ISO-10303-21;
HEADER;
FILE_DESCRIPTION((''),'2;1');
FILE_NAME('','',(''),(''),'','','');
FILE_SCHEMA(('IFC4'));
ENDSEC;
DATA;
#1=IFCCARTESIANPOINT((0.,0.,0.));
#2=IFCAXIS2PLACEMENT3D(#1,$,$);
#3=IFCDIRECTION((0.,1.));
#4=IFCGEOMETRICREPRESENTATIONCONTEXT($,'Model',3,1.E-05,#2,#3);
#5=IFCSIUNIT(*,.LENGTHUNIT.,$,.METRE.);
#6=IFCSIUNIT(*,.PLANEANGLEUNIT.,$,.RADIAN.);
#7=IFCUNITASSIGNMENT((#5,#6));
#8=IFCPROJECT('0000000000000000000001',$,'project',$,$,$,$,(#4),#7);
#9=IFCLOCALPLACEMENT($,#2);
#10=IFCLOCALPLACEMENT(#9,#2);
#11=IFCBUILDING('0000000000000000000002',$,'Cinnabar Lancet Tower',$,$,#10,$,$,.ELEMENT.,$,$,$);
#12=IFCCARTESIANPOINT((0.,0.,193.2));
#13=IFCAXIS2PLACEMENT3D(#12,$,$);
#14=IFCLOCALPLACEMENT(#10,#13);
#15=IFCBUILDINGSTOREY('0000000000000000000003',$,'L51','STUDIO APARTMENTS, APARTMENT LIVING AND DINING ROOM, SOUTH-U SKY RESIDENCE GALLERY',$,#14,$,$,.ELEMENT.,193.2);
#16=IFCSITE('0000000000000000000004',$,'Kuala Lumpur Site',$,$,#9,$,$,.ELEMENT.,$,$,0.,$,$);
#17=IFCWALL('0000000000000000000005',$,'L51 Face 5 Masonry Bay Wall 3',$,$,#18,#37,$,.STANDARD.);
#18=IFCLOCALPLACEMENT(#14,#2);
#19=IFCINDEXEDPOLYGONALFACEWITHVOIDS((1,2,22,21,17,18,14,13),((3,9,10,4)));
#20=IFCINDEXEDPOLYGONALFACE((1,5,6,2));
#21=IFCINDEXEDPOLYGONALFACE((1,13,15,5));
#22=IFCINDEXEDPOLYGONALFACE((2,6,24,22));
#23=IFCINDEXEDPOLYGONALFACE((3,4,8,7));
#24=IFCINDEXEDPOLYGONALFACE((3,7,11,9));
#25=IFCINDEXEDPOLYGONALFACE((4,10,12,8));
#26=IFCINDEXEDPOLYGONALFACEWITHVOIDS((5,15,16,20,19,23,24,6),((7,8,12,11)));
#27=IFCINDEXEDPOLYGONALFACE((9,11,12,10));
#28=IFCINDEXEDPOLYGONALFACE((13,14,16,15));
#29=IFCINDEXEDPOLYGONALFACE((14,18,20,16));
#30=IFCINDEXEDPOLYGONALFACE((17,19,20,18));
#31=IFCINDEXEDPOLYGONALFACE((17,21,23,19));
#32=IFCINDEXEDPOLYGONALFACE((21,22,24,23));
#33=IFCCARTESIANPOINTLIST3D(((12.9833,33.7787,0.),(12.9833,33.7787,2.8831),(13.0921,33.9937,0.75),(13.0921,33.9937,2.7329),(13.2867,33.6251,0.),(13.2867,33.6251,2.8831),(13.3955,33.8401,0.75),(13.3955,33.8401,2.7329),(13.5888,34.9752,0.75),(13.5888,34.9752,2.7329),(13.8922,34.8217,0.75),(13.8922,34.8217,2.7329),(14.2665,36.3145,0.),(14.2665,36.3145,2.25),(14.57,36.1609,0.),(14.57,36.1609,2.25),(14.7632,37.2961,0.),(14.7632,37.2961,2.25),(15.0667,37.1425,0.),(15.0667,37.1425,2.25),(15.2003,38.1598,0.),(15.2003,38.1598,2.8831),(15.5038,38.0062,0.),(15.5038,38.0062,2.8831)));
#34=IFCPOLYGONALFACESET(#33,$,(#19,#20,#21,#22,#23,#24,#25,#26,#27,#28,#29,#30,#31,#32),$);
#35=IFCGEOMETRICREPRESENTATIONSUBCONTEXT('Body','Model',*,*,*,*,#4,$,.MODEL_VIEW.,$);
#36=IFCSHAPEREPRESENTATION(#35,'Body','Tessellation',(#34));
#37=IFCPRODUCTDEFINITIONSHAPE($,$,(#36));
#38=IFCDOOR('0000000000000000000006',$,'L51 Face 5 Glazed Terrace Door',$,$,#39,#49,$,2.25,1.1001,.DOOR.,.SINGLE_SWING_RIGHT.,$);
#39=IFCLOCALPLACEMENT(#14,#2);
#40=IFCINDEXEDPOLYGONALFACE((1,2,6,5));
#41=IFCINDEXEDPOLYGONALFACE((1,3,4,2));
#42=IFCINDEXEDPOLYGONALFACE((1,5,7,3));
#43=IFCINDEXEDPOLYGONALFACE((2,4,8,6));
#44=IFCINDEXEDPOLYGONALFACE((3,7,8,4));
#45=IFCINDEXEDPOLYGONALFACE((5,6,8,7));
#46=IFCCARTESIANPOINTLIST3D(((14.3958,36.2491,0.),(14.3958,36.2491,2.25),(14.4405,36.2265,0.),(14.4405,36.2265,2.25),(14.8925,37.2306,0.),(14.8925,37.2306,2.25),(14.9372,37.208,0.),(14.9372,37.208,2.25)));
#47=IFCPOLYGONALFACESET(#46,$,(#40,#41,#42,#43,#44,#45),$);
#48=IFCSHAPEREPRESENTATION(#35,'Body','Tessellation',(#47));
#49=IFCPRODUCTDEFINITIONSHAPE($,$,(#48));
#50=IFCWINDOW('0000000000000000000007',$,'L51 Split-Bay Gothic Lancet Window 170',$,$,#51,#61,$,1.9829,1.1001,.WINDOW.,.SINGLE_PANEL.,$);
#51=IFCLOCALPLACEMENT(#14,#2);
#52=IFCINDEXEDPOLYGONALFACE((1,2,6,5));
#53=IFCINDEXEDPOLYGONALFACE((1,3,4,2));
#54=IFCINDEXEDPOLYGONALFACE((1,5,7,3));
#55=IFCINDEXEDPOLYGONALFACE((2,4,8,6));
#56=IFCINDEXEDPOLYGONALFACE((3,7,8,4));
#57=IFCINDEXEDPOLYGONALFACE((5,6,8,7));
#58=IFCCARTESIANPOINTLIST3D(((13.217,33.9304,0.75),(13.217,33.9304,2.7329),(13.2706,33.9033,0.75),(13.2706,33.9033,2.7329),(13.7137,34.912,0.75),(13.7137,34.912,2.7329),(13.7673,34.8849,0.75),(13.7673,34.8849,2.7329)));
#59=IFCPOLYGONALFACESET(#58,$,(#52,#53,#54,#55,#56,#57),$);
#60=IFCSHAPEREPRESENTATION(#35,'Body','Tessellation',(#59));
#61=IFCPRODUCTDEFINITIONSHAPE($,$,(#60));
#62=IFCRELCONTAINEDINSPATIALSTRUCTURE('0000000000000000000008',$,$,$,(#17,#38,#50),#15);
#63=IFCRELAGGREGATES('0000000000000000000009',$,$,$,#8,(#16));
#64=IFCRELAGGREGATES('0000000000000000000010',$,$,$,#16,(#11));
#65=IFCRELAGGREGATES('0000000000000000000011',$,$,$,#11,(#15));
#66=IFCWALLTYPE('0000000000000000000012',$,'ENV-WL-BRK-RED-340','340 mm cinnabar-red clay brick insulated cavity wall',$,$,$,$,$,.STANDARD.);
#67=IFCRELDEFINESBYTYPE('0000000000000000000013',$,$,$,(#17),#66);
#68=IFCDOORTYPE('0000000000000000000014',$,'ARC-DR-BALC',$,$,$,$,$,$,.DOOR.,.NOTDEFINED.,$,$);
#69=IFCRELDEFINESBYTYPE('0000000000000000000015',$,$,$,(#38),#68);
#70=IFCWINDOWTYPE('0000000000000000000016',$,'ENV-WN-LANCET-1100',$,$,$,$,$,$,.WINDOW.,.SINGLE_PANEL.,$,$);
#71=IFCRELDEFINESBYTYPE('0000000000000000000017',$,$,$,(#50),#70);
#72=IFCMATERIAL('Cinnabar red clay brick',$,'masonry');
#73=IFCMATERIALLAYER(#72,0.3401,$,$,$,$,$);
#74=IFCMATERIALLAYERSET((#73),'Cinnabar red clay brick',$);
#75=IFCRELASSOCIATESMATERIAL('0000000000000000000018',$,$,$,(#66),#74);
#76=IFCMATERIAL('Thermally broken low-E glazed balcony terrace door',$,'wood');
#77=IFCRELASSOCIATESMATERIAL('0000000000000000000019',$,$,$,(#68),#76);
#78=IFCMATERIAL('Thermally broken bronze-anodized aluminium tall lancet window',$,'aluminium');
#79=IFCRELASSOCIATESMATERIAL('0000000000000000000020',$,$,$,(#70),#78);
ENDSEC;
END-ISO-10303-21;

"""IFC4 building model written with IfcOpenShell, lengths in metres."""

from ifc_helpers import new_model, si_unit, direction, frame, frame_2d, origin, place, context, subcontext, project, spatial, rectangle, extrude, material, layer, layer_set, type_object, element, fill, save


model = new_model("IFC4")

# Units and contexts
model_context = context("Model", 3, precision=1e-05, world=origin(), true_north=direction((0.0, 1.0)))
body_context = subcontext(model_context, "Body", "Model", "MODEL_VIEW")
ifc_project = project(units=[si_unit("LENGTHUNIT", "METRE"), si_unit("PLANEANGLEUNIT", "RADIAN")], contexts=[model_context])

# Site, building, storey
site_placement = place(None, origin())
site = spatial("IfcSite", under=ifc_project, at=site_placement, Name="Kuala Lumpur Site", CompositionType="ELEMENT", RefElevation=0.0)
building_placement = place(site_placement, origin())
building = spatial("IfcBuilding", under=site, at=building_placement, Name="Cinnabar Lancet Tower", CompositionType="ELEMENT")
storey_placement = place(building_placement, frame((0.0, 0.0, 193.2)))
storey = spatial("IfcBuildingStorey", under=building, at=storey_placement, Name="L51", Description="STUDIO APARTMENTS, APARTMENT LIVING AND DINING ROOM, SOUTH-U SKY RESIDENCE GALLERY", CompositionType="ELEMENT", Elevation=193.2)

# Shared definitions
ifc_material_1 = material(Name="Cinnabar red clay brick", Category="masonry")
ifc_layer_1 = layer(ifc_material_1, 0.3401)
ifc_layer_set_1 = layer_set([ifc_layer_1], Name="Cinnabar red clay brick")
wall_type_1 = type_object("IfcWallType", Name="ENV-WL-BRK-RED-340", Description="340 mm cinnabar-red clay brick insulated cavity wall", PredefinedType="STANDARD", material=ifc_layer_set_1)

# Wall, openings, door, window
wall_1_placement = place(storey_placement, frame((15.3521, 38.083, 0.0), z_axis=(0.0, 0.0, 1.0), x_axis=(-0.451524, -0.892259, 0.0)))
wall_1 = element("IfcWall", 1, at=wall_1_placement, inside=storey, type_object=wall_type_1, Name="L51 Face 5 Masonry Bay Wall 3", PredefinedType="STANDARD", context=body_context, shape_type="SweptSolid", body=[
    extrude(rectangle(XDim=4.9102, YDim=0.3401, at=frame_2d((2.4551, 0.0))), origin(), (0.0, 0.0, 1.0), 2.8831),
])
opening_1_placement = place(wall_1_placement, frame((0.968, 0.0, 0.0)))
opening_1 = element("IfcOpeningElement", 2, at=opening_1_placement, cuts=wall_1, PredefinedType="OPENING", context=body_context, shape_type="SweptSolid", body=[
    extrude(rectangle(XDim=1.1001, YDim=2.25, at=frame_2d((0.55, 1.125))), frame((0.0, 0.1799, 0.0), z_axis=(0.0, -1.0, 0.0), x_axis=(1.0, 0.0, 0.0)), (0.0, 0.0, 1.0), 0.3601),
])
opening_2_placement = place(wall_1_placement, frame((3.5691, 0.0, 0.75)))
opening_2 = element("IfcOpeningElement", 3, at=opening_2_placement, cuts=wall_1, PredefinedType="OPENING", context=body_context, shape_type="SweptSolid", body=[
    extrude(rectangle(XDim=1.1001, YDim=1.9829, at=frame_2d((0.55, 0.9915))), frame((0.0, 0.1799, 0.0), z_axis=(0.0, -1.0, 0.0), x_axis=(1.0, 0.0, 0.0)), (0.0, 0.0, 1.0), 0.3601),
])
ifc_material_2 = material(Name="Thermally broken low-E glazed balcony terrace door", Category="wood")
door_type_1 = type_object("IfcDoorType", Name="ARC-DR-BALC", OperationType="NOTDEFINED", PredefinedType="DOOR", material=ifc_material_2)
door_1_placement = place(opening_1_placement, origin())
door_1 = element("IfcDoor", 4, at=door_1_placement, inside=storey, type_object=door_type_1, Name="L51 Face 5 Glazed Terrace Door", OperationType="SINGLE_SWING_RIGHT", OverallHeight=2.25, OverallWidth=1.1001, PredefinedType="DOOR", context=body_context, shape_type="SweptSolid", body=[
    extrude(rectangle(XDim=1.1001, YDim=2.25, at=frame_2d((0.55, 1.125))), frame((0.0, 0.0249, 0.0), z_axis=(0.0, -1.0, 0.0), x_axis=(1.0, 0.0, 0.0)), (0.0, 0.0, 1.0), 0.05),
])
fill(opening_1, door_1)
ifc_material_3 = material(Name="Thermally broken bronze-anodized aluminium tall lancet window", Category="aluminium")
window_type_1 = type_object("IfcWindowType", Name="ENV-WN-LANCET-1100", PartitioningType="SINGLE_PANEL", PredefinedType="WINDOW", material=ifc_material_3)
window_1_placement = place(opening_2_placement, origin())
window_1 = element("IfcWindow", 5, at=window_1_placement, inside=storey, type_object=window_type_1, Name="L51 Split-Bay Gothic Lancet Window 170", OverallHeight=1.9829, OverallWidth=1.1001, PartitioningType="SINGLE_PANEL", PredefinedType="WINDOW", context=body_context, shape_type="SweptSolid", body=[
    extrude(rectangle(XDim=1.1001, YDim=1.9829, at=frame_2d((0.55, 0.9915))), frame((0.0, 0.03, 0.0), z_axis=(0.0, -1.0, 0.0), x_axis=(1.0, 0.0, 0.0)), (0.0, 0.0, 1.0), 0.0601),
])
fill(opening_2, window_1)

save(model, "model.ifc")
